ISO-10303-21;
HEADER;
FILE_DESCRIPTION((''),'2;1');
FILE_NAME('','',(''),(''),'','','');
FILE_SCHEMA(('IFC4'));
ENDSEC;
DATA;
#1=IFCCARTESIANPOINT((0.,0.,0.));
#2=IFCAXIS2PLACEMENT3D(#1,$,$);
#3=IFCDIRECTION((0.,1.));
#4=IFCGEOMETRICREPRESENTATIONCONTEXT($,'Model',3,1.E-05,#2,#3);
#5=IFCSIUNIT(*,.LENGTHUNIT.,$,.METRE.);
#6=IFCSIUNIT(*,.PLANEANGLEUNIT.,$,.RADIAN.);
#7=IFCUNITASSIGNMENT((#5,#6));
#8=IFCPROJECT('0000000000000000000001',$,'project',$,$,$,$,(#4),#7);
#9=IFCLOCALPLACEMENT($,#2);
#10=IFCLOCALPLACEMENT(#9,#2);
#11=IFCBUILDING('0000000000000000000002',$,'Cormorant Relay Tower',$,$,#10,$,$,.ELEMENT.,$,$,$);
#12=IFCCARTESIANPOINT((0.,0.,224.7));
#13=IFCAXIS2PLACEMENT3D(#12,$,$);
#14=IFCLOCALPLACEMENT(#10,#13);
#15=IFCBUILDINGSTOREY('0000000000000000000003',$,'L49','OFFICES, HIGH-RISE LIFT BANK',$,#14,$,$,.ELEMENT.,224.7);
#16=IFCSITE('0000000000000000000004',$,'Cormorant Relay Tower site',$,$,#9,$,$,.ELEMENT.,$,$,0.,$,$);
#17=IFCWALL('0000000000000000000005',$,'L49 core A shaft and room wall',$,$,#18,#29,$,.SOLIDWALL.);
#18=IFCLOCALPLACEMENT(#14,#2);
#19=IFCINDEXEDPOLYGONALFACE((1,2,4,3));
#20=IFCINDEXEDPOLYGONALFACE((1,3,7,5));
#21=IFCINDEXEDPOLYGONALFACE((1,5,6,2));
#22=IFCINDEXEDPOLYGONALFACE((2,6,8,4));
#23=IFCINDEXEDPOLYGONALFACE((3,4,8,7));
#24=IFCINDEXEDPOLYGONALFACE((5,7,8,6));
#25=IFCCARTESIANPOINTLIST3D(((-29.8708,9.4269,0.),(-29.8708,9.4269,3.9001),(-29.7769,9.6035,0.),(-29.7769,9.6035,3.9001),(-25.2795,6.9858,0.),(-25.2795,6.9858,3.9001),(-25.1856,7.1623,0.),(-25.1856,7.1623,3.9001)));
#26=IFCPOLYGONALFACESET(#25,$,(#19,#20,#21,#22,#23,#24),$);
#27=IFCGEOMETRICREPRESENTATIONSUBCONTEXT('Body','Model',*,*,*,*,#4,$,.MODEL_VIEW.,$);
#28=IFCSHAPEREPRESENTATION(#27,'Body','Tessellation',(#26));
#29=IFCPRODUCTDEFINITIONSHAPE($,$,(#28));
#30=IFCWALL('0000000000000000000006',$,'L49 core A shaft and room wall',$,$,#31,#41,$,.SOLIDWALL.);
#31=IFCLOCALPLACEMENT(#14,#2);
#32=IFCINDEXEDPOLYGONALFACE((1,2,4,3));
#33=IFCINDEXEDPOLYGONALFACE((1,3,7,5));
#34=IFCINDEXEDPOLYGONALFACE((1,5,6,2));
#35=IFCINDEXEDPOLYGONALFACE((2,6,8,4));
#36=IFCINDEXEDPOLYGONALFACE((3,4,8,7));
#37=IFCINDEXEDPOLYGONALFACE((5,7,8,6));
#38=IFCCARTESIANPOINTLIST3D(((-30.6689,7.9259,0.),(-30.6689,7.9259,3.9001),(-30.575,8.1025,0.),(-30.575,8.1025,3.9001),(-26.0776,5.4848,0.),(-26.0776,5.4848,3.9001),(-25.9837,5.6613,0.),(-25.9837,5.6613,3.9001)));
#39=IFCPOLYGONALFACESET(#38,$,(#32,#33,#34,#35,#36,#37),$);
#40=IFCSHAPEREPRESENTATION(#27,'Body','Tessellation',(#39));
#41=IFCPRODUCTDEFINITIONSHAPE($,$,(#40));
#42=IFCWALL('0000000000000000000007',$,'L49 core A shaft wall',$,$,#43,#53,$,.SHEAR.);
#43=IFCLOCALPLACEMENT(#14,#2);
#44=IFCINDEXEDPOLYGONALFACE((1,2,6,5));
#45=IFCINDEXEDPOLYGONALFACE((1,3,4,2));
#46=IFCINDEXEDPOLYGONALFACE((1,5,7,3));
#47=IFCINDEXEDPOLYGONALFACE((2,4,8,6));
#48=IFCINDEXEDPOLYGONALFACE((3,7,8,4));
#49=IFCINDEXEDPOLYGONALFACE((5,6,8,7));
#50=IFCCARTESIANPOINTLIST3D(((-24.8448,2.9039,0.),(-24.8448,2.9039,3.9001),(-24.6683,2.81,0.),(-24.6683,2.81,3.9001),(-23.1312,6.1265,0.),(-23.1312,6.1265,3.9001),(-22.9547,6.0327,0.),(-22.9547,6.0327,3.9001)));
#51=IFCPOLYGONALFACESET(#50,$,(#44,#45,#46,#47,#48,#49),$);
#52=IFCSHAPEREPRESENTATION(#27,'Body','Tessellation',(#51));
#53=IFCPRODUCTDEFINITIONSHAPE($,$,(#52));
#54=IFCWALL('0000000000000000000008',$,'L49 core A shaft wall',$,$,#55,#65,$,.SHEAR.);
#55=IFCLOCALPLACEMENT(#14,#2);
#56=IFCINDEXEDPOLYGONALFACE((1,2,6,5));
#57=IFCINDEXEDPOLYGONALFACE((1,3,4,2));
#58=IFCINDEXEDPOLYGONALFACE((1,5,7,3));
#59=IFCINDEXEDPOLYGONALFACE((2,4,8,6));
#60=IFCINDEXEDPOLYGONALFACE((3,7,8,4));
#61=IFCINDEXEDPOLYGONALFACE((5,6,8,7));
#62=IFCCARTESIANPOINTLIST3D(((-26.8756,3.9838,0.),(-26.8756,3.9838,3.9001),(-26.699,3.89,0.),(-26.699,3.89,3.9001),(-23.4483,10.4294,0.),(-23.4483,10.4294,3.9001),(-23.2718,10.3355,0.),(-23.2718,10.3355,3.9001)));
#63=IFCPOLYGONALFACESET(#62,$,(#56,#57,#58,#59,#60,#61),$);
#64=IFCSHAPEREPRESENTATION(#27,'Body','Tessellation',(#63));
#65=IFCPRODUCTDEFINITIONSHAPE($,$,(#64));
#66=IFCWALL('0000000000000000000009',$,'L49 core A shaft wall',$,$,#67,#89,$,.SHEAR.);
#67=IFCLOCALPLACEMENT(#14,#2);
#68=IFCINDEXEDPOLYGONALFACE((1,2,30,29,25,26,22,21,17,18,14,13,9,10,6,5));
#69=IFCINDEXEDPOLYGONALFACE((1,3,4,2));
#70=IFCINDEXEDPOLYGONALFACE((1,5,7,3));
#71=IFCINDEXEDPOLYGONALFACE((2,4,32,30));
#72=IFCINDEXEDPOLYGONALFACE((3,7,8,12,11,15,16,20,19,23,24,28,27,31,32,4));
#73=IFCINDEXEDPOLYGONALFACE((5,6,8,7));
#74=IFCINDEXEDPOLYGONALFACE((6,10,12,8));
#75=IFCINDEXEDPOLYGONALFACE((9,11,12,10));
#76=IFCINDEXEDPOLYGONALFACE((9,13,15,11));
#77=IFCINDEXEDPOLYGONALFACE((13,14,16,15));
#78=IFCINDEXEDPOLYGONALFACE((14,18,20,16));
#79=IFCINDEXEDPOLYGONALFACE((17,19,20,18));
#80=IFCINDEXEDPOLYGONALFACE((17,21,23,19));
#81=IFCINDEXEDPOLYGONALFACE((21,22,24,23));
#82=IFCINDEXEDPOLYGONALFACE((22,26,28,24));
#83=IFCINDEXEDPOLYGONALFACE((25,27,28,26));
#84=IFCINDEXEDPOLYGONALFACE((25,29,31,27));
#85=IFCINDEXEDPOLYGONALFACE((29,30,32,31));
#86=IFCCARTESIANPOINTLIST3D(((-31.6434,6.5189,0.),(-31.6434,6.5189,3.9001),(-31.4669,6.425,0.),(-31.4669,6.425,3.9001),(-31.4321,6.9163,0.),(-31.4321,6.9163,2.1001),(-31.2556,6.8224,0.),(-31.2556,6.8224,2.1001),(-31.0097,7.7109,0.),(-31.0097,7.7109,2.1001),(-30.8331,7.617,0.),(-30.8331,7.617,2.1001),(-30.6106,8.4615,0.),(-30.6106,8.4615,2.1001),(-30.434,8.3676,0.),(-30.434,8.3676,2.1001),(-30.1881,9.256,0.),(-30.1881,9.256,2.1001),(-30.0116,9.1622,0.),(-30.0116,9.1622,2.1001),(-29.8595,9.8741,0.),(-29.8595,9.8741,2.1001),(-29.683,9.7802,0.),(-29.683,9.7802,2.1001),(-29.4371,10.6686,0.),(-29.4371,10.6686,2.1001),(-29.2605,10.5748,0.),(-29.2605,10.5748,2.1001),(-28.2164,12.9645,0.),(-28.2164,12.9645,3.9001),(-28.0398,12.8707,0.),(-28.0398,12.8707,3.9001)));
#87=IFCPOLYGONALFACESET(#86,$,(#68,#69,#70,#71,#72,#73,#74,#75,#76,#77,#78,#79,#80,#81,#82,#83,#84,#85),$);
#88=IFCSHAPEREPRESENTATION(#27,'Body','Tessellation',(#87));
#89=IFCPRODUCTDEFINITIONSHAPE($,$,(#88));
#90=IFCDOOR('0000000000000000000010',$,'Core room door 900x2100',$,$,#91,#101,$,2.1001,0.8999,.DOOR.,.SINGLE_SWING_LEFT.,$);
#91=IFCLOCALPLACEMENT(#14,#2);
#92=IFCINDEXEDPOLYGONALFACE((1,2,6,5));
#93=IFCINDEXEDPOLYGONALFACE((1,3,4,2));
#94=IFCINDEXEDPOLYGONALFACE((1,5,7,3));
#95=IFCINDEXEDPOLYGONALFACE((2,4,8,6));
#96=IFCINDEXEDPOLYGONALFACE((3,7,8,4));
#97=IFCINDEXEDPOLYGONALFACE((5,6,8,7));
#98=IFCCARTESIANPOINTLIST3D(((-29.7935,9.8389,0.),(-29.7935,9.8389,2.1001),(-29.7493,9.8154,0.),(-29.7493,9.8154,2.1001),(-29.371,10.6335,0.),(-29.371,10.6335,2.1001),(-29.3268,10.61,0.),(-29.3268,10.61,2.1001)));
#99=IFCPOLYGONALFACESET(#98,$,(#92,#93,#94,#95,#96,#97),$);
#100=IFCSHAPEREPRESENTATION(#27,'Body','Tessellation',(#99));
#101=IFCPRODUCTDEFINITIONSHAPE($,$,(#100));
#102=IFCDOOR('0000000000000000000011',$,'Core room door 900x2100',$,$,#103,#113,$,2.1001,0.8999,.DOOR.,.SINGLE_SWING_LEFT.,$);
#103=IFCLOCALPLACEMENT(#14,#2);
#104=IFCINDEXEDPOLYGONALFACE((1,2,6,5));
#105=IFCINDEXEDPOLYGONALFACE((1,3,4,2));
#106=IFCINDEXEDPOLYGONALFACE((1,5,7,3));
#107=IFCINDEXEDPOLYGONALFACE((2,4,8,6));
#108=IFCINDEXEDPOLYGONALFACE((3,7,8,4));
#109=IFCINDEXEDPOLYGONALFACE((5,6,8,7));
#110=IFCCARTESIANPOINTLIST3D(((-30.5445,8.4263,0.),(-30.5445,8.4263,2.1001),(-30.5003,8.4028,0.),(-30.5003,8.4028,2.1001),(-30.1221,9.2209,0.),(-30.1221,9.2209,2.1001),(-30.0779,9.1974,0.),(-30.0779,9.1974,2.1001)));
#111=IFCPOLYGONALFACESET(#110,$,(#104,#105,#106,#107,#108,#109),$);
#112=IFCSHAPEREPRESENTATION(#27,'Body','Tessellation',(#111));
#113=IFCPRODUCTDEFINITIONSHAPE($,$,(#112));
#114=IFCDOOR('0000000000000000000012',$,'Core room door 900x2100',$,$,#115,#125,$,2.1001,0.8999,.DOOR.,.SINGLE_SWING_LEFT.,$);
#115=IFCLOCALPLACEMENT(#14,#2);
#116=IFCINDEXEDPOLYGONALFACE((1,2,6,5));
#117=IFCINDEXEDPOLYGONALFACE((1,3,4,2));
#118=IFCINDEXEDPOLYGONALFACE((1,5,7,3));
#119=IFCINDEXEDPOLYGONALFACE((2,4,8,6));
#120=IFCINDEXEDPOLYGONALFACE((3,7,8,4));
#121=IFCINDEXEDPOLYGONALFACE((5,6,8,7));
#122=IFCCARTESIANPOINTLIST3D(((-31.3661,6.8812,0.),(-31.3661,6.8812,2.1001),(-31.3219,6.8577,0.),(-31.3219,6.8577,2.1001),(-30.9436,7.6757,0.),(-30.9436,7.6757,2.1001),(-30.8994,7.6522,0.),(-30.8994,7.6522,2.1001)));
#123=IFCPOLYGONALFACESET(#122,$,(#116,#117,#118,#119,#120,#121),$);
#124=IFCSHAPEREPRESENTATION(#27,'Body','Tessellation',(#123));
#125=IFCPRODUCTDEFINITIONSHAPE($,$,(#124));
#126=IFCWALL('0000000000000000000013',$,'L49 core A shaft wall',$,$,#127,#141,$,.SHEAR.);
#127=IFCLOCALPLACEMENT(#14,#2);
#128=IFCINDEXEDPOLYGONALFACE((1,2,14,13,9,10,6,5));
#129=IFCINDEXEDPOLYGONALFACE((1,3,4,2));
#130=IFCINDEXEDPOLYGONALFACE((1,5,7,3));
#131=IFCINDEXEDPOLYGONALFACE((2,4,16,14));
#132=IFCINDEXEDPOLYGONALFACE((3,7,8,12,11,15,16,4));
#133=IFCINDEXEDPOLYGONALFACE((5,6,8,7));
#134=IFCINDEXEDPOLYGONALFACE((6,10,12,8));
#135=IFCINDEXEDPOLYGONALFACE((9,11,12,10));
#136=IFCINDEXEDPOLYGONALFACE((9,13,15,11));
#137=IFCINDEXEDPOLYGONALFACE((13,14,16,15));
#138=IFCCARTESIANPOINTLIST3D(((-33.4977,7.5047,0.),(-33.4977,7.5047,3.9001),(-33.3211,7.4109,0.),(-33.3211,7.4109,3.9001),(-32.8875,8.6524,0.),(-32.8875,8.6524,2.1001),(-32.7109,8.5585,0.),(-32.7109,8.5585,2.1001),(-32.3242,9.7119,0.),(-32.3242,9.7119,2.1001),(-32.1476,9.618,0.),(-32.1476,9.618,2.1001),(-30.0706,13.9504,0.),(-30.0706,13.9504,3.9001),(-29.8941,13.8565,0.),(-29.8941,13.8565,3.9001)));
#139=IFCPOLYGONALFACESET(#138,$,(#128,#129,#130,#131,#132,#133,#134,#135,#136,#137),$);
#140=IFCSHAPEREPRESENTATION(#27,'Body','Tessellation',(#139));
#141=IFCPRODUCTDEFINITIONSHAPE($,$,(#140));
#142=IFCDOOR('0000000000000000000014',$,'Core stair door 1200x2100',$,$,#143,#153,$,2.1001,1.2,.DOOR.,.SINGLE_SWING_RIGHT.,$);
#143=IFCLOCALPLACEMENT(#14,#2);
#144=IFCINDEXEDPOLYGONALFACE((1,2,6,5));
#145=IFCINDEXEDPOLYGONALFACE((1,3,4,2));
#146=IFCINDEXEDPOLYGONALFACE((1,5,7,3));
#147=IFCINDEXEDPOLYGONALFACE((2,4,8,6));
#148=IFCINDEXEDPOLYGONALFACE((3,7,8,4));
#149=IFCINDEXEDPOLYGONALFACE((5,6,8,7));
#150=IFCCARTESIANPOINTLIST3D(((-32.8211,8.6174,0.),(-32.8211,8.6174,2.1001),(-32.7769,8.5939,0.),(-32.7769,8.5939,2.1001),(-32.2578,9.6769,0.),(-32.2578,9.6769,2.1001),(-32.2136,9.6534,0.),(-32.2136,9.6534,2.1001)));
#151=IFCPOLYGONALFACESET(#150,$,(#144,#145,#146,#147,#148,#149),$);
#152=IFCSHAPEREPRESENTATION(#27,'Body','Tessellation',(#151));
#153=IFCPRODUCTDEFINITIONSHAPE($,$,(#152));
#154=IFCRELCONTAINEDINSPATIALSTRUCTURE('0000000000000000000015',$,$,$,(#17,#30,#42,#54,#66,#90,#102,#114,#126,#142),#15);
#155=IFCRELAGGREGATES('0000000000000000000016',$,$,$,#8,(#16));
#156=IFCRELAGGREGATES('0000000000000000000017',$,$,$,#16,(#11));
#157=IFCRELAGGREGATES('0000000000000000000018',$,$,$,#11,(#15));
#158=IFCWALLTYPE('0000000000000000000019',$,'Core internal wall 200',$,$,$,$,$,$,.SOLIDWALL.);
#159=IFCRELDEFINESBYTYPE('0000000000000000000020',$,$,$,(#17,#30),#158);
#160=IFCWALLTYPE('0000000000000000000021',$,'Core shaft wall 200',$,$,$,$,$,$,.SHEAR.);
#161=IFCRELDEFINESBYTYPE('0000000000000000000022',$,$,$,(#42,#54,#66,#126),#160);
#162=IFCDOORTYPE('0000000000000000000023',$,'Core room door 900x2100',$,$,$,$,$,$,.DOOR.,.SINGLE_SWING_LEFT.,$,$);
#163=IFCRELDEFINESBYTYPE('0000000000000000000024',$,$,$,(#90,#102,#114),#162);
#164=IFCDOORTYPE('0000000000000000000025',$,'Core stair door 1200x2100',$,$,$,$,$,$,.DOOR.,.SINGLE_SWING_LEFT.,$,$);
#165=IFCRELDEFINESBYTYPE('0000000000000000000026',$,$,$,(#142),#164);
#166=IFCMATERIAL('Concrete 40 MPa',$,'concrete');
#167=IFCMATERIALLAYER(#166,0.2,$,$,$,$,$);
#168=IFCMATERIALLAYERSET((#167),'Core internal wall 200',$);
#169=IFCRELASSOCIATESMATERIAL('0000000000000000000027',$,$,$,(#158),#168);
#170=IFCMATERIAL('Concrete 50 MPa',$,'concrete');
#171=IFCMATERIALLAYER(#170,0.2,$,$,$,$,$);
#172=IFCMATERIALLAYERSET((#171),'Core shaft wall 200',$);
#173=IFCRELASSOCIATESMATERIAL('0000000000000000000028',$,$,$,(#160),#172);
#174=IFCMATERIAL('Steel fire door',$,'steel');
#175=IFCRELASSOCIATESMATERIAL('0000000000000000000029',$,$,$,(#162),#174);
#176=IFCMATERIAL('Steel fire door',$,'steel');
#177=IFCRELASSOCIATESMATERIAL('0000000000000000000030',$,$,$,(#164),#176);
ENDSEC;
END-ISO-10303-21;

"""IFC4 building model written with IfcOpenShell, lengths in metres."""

from ifc_helpers import new_model, si_unit, direction, frame, frame_2d, origin, place, context, subcontext, project, spatial, rectangle, extrude, material, layer, layer_set, type_object, element, fill, save


model = new_model("IFC4")

# Units and contexts
model_context = context("Model", 3, precision=1e-05, world=origin(), true_north=direction((0.0, 1.0)))
body_context = subcontext(model_context, "Body", "Model", "MODEL_VIEW")
ifc_project = project(units=[si_unit("LENGTHUNIT", "METRE"), si_unit("PLANEANGLEUNIT", "RADIAN")], contexts=[model_context])

# Site, building, storey
site_placement = place(None, origin())
site = spatial("IfcSite", under=ifc_project, at=site_placement, Name="Cormorant Relay Tower site", CompositionType="ELEMENT", RefElevation=0.0)
building_placement = place(site_placement, origin())
building = spatial("IfcBuilding", under=site, at=building_placement, Name="Cormorant Relay Tower", CompositionType="ELEMENT")
storey_placement = place(building_placement, frame((0.0, 0.0, 224.7)))
storey = spatial("IfcBuildingStorey", under=building, at=storey_placement, Name="L49", Description="OFFICES, HIGH-RISE LIFT BANK", CompositionType="ELEMENT", Elevation=224.7)

# Walls
ifc_material_1 = material(Name="Concrete 40 MPa", Category="concrete")
ifc_layer_1 = layer(ifc_material_1, 0.2)
ifc_layer_set_1 = layer_set([ifc_layer_1], Name="Core internal wall 200")
wall_type_1 = type_object("IfcWallType", Name="Core internal wall 200", PredefinedType="SOLIDWALL", material=ifc_layer_set_1)
for number, where, z_axis, x_axis, name in (
    (1, (-25.2324, 7.074, 0.0), (0.0, 0.0, 1.0), (-0.882954, 0.46946, 0.0), "L49 core A shaft and room wall"),
    (2, (-26.0305, 5.573, 0.0), (0.0, 0.0, 1.0), (-0.882954, 0.46946, 0.0), "L49 core A shaft and room wall"),
):
    element("IfcWall", number, at=place(storey_placement, frame(where, z_axis=z_axis, x_axis=x_axis)), inside=storey, type_object=wall_type_1, Name=name, PredefinedType="SOLIDWALL", context=body_context, shape_type="SweptSolid", body=[
        extrude(rectangle(XDim=5.2, YDim=0.2, at=frame_2d((2.6001, 0.0))), origin(), (0.0, 0.0, 1.0), 3.9001),
    ])
ifc_material_2 = material(Name="Concrete 50 MPa", Category="concrete")
ifc_layer_2 = layer(ifc_material_2, 0.2)
ifc_layer_set_2 = layer_set([ifc_layer_2], Name="Core shaft wall 200")
wall_type_2 = type_object("IfcWallType", Name="Core shaft wall 200", PredefinedType="SHEAR", material=ifc_layer_set_2)
wall_1_placement = place(storey_placement, frame((-23.043, 6.0796, 0.0), z_axis=(0.0, 0.0, 1.0), x_axis=(-0.469494, -0.882936, 0.0)))
element("IfcWall", 3, at=wall_1_placement, inside=storey, type_object=wall_type_2, Name="L49 core A shaft wall", PredefinedType="SHEAR", context=body_context, shape_type="SweptSolid", body=[
    extrude(rectangle(XDim=3.6499, YDim=0.2, at=frame_2d((1.825, 0.0))), origin(), (0.0, 0.0, 1.0), 3.9001),
])
wall_2_placement = place(storey_placement, frame((-23.3601, 10.3823, 0.0), z_axis=(0.0, 0.0, 1.0), x_axis=(-0.46948, -0.882943, 0.0)))
element("IfcWall", 4, at=wall_2_placement, inside=storey, type_object=wall_type_2, Name="L49 core A shaft wall", PredefinedType="SHEAR", context=body_context, shape_type="SweptSolid", body=[
    extrude(rectangle(XDim=7.3, YDim=0.2, at=frame_2d((3.6499, 0.0))), origin(), (0.0, 0.0, 1.0), 3.9001),
])

# Wall, openings, doors
wall_3_placement = place(storey_placement, frame((-28.1282, 12.9175, 0.0), z_axis=(0.0, 0.0, 1.0), x_axis=(-0.469454, -0.882957, 0.0)))
wall_3 = element("IfcWall", 5, at=wall_3_placement, inside=storey, type_object=wall_type_2, Name="L49 core A shaft wall", PredefinedType="SHEAR", context=body_context, shape_type="SweptSolid", body=[
    extrude(rectangle(XDim=7.3, YDim=0.2, at=frame_2d((3.6499, 0.0))), origin(), (0.0, 0.0, 1.0), 3.9001),
])
opening_1_placement = place(wall_3_placement, frame((2.6001, 0.0, 0.0)))
opening_1 = element("IfcOpeningElement", 6, at=opening_1_placement, cuts=wall_3, PredefinedType="OPENING", context=body_context, shape_type="SweptSolid", body=[
    extrude(rectangle(XDim=0.8999, YDim=2.1001, at=frame_2d((0.45, 1.05))), frame((0.0, 0.1099, 0.0), z_axis=(0.0, -1.0, 0.0), x_axis=(1.0, 0.0, 0.0)), (0.0, 0.0, 1.0), 0.22),
])
opening_2_placement = place(wall_3_placement, frame((4.2, 0.0, 0.0)))
opening_2 = element("IfcOpeningElement", 7, at=opening_2_placement, cuts=wall_3, PredefinedType="OPENING", context=body_context, shape_type="SweptSolid", body=[
    extrude(rectangle(XDim=0.8999, YDim=2.1001, at=frame_2d((0.45, 1.05))), frame((0.0, 0.1099, 0.0), z_axis=(0.0, -1.0, 0.0), x_axis=(1.0, 0.0, 0.0)), (0.0, 0.0, 1.0), 0.22),
])
opening_3_placement = place(wall_3_placement, frame((5.95, 0.0, 0.0)))
opening_3 = element("IfcOpeningElement", 8, at=opening_3_placement, cuts=wall_3, PredefinedType="OPENING", context=body_context, shape_type="SweptSolid", body=[
    extrude(rectangle(XDim=0.8999, YDim=2.1001, at=frame_2d((0.45, 1.05))), frame((0.0, 0.1099, 0.0), z_axis=(0.0, -1.0, 0.0), x_axis=(1.0, 0.0, 0.0)), (0.0, 0.0, 1.0), 0.22),
])
ifc_material_3 = material(Name="Steel fire door", Category="steel")
door_type_1 = type_object("IfcDoorType", Name="Core room door 900x2100", OperationType="SINGLE_SWING_LEFT", PredefinedType="DOOR", material=ifc_material_3)
door_1_placement = place(opening_1_placement, origin())
door_1 = element("IfcDoor", 9, at=door_1_placement, inside=storey, type_object=door_type_1, Name="Core room door 900x2100", OperationType="SINGLE_SWING_LEFT", OverallHeight=2.1001, OverallWidth=0.8999, PredefinedType="DOOR", context=body_context, shape_type="SweptSolid", body=[
    extrude(rectangle(XDim=0.8999, YDim=2.1001, at=frame_2d((0.45, 1.05))), frame((0.0, 0.0249, 0.0), z_axis=(0.0, -1.0, 0.0), x_axis=(1.0, 0.0, 0.0)), (0.0, 0.0, 1.0), 0.05),
])
fill(opening_1, door_1)
door_2_placement = place(opening_2_placement, origin())
door_2 = element("IfcDoor", 10, at=door_2_placement, inside=storey, type_object=door_type_1, Name="Core room door 900x2100", OperationType="SINGLE_SWING_LEFT", OverallHeight=2.1001, OverallWidth=0.8999, PredefinedType="DOOR", context=body_context, shape_type="SweptSolid", body=[
    extrude(rectangle(XDim=0.8999, YDim=2.1001, at=frame_2d((0.45, 1.05))), frame((0.0, 0.0249, 0.0), z_axis=(0.0, -1.0, 0.0), x_axis=(1.0, 0.0, 0.0)), (0.0, 0.0, 1.0), 0.05),
])
fill(opening_2, door_2)
door_3_placement = place(opening_3_placement, origin())
door_3 = element("IfcDoor", 11, at=door_3_placement, inside=storey, type_object=door_type_1, Name="Core room door 900x2100", OperationType="SINGLE_SWING_LEFT", OverallHeight=2.1001, OverallWidth=0.8999, PredefinedType="DOOR", context=body_context, shape_type="SweptSolid", body=[
    extrude(rectangle(XDim=0.8999, YDim=2.1001, at=frame_2d((0.45, 1.05))), frame((0.0, 0.0249, 0.0), z_axis=(0.0, -1.0, 0.0), x_axis=(1.0, 0.0, 0.0)), (0.0, 0.0, 1.0), 0.05),
])
fill(opening_3, door_3)

# Wall, opening, door
wall_4_placement = place(storey_placement, frame((-29.9824, 13.9033, 0.0), z_axis=(0.0, 0.0, 1.0), x_axis=(-0.469454, -0.882957, 0.0)))
wall_4 = element("IfcWall", 12, at=wall_4_placement, inside=storey, type_object=wall_type_2, Name="L49 core A shaft wall", PredefinedType="SHEAR", context=body_context, shape_type="SweptSolid", body=[
    extrude(rectangle(XDim=7.3, YDim=0.2, at=frame_2d((3.6499, 0.0))), origin(), (0.0, 0.0, 1.0), 3.9001),
])
opening_4_placement = place(wall_4_placement, frame((4.8, 0.0, 0.0)))
opening_4 = element("IfcOpeningElement", 13, at=opening_4_placement, cuts=wall_4, PredefinedType="OPENING", context=body_context, shape_type="SweptSolid", body=[
    extrude(rectangle(XDim=1.2, YDim=2.1001, at=frame_2d((0.6001, 1.05))), frame((0.0, 0.1099, 0.0), z_axis=(0.0, -1.0, 0.0), x_axis=(1.0, 0.0, 0.0)), (0.0, 0.0, 1.0), 0.22),
])
ifc_material_4 = material(Name="Steel fire door", Category="steel")
door_type_2 = type_object("IfcDoorType", Name="Core stair door 1200x2100", OperationType="SINGLE_SWING_LEFT", PredefinedType="DOOR", material=ifc_material_4)
door_4_placement = place(opening_4_placement, frame((1.2, 0.0, 0.0), z_axis=(0.0, 0.0, 1.0), x_axis=(-1.0, 0.0, 0.0)))
door_4 = element("IfcDoor", 14, at=door_4_placement, inside=storey, type_object=door_type_2, Name="Core stair door 1200x2100", OperationType="SINGLE_SWING_RIGHT", OverallHeight=2.1001, OverallWidth=1.2, PredefinedType="DOOR", context=body_context, shape_type="SweptSolid", body=[
    extrude(rectangle(XDim=1.2, YDim=2.1001, at=frame_2d((0.6001, 1.05))), frame((0.0, 0.0249, 0.0), z_axis=(0.0, -1.0, 0.0), x_axis=(1.0, 0.0, 0.0)), (0.0, 0.0, 1.0), 0.05),
])
fill(opening_4, door_4)

save(model, "model.ifc")
